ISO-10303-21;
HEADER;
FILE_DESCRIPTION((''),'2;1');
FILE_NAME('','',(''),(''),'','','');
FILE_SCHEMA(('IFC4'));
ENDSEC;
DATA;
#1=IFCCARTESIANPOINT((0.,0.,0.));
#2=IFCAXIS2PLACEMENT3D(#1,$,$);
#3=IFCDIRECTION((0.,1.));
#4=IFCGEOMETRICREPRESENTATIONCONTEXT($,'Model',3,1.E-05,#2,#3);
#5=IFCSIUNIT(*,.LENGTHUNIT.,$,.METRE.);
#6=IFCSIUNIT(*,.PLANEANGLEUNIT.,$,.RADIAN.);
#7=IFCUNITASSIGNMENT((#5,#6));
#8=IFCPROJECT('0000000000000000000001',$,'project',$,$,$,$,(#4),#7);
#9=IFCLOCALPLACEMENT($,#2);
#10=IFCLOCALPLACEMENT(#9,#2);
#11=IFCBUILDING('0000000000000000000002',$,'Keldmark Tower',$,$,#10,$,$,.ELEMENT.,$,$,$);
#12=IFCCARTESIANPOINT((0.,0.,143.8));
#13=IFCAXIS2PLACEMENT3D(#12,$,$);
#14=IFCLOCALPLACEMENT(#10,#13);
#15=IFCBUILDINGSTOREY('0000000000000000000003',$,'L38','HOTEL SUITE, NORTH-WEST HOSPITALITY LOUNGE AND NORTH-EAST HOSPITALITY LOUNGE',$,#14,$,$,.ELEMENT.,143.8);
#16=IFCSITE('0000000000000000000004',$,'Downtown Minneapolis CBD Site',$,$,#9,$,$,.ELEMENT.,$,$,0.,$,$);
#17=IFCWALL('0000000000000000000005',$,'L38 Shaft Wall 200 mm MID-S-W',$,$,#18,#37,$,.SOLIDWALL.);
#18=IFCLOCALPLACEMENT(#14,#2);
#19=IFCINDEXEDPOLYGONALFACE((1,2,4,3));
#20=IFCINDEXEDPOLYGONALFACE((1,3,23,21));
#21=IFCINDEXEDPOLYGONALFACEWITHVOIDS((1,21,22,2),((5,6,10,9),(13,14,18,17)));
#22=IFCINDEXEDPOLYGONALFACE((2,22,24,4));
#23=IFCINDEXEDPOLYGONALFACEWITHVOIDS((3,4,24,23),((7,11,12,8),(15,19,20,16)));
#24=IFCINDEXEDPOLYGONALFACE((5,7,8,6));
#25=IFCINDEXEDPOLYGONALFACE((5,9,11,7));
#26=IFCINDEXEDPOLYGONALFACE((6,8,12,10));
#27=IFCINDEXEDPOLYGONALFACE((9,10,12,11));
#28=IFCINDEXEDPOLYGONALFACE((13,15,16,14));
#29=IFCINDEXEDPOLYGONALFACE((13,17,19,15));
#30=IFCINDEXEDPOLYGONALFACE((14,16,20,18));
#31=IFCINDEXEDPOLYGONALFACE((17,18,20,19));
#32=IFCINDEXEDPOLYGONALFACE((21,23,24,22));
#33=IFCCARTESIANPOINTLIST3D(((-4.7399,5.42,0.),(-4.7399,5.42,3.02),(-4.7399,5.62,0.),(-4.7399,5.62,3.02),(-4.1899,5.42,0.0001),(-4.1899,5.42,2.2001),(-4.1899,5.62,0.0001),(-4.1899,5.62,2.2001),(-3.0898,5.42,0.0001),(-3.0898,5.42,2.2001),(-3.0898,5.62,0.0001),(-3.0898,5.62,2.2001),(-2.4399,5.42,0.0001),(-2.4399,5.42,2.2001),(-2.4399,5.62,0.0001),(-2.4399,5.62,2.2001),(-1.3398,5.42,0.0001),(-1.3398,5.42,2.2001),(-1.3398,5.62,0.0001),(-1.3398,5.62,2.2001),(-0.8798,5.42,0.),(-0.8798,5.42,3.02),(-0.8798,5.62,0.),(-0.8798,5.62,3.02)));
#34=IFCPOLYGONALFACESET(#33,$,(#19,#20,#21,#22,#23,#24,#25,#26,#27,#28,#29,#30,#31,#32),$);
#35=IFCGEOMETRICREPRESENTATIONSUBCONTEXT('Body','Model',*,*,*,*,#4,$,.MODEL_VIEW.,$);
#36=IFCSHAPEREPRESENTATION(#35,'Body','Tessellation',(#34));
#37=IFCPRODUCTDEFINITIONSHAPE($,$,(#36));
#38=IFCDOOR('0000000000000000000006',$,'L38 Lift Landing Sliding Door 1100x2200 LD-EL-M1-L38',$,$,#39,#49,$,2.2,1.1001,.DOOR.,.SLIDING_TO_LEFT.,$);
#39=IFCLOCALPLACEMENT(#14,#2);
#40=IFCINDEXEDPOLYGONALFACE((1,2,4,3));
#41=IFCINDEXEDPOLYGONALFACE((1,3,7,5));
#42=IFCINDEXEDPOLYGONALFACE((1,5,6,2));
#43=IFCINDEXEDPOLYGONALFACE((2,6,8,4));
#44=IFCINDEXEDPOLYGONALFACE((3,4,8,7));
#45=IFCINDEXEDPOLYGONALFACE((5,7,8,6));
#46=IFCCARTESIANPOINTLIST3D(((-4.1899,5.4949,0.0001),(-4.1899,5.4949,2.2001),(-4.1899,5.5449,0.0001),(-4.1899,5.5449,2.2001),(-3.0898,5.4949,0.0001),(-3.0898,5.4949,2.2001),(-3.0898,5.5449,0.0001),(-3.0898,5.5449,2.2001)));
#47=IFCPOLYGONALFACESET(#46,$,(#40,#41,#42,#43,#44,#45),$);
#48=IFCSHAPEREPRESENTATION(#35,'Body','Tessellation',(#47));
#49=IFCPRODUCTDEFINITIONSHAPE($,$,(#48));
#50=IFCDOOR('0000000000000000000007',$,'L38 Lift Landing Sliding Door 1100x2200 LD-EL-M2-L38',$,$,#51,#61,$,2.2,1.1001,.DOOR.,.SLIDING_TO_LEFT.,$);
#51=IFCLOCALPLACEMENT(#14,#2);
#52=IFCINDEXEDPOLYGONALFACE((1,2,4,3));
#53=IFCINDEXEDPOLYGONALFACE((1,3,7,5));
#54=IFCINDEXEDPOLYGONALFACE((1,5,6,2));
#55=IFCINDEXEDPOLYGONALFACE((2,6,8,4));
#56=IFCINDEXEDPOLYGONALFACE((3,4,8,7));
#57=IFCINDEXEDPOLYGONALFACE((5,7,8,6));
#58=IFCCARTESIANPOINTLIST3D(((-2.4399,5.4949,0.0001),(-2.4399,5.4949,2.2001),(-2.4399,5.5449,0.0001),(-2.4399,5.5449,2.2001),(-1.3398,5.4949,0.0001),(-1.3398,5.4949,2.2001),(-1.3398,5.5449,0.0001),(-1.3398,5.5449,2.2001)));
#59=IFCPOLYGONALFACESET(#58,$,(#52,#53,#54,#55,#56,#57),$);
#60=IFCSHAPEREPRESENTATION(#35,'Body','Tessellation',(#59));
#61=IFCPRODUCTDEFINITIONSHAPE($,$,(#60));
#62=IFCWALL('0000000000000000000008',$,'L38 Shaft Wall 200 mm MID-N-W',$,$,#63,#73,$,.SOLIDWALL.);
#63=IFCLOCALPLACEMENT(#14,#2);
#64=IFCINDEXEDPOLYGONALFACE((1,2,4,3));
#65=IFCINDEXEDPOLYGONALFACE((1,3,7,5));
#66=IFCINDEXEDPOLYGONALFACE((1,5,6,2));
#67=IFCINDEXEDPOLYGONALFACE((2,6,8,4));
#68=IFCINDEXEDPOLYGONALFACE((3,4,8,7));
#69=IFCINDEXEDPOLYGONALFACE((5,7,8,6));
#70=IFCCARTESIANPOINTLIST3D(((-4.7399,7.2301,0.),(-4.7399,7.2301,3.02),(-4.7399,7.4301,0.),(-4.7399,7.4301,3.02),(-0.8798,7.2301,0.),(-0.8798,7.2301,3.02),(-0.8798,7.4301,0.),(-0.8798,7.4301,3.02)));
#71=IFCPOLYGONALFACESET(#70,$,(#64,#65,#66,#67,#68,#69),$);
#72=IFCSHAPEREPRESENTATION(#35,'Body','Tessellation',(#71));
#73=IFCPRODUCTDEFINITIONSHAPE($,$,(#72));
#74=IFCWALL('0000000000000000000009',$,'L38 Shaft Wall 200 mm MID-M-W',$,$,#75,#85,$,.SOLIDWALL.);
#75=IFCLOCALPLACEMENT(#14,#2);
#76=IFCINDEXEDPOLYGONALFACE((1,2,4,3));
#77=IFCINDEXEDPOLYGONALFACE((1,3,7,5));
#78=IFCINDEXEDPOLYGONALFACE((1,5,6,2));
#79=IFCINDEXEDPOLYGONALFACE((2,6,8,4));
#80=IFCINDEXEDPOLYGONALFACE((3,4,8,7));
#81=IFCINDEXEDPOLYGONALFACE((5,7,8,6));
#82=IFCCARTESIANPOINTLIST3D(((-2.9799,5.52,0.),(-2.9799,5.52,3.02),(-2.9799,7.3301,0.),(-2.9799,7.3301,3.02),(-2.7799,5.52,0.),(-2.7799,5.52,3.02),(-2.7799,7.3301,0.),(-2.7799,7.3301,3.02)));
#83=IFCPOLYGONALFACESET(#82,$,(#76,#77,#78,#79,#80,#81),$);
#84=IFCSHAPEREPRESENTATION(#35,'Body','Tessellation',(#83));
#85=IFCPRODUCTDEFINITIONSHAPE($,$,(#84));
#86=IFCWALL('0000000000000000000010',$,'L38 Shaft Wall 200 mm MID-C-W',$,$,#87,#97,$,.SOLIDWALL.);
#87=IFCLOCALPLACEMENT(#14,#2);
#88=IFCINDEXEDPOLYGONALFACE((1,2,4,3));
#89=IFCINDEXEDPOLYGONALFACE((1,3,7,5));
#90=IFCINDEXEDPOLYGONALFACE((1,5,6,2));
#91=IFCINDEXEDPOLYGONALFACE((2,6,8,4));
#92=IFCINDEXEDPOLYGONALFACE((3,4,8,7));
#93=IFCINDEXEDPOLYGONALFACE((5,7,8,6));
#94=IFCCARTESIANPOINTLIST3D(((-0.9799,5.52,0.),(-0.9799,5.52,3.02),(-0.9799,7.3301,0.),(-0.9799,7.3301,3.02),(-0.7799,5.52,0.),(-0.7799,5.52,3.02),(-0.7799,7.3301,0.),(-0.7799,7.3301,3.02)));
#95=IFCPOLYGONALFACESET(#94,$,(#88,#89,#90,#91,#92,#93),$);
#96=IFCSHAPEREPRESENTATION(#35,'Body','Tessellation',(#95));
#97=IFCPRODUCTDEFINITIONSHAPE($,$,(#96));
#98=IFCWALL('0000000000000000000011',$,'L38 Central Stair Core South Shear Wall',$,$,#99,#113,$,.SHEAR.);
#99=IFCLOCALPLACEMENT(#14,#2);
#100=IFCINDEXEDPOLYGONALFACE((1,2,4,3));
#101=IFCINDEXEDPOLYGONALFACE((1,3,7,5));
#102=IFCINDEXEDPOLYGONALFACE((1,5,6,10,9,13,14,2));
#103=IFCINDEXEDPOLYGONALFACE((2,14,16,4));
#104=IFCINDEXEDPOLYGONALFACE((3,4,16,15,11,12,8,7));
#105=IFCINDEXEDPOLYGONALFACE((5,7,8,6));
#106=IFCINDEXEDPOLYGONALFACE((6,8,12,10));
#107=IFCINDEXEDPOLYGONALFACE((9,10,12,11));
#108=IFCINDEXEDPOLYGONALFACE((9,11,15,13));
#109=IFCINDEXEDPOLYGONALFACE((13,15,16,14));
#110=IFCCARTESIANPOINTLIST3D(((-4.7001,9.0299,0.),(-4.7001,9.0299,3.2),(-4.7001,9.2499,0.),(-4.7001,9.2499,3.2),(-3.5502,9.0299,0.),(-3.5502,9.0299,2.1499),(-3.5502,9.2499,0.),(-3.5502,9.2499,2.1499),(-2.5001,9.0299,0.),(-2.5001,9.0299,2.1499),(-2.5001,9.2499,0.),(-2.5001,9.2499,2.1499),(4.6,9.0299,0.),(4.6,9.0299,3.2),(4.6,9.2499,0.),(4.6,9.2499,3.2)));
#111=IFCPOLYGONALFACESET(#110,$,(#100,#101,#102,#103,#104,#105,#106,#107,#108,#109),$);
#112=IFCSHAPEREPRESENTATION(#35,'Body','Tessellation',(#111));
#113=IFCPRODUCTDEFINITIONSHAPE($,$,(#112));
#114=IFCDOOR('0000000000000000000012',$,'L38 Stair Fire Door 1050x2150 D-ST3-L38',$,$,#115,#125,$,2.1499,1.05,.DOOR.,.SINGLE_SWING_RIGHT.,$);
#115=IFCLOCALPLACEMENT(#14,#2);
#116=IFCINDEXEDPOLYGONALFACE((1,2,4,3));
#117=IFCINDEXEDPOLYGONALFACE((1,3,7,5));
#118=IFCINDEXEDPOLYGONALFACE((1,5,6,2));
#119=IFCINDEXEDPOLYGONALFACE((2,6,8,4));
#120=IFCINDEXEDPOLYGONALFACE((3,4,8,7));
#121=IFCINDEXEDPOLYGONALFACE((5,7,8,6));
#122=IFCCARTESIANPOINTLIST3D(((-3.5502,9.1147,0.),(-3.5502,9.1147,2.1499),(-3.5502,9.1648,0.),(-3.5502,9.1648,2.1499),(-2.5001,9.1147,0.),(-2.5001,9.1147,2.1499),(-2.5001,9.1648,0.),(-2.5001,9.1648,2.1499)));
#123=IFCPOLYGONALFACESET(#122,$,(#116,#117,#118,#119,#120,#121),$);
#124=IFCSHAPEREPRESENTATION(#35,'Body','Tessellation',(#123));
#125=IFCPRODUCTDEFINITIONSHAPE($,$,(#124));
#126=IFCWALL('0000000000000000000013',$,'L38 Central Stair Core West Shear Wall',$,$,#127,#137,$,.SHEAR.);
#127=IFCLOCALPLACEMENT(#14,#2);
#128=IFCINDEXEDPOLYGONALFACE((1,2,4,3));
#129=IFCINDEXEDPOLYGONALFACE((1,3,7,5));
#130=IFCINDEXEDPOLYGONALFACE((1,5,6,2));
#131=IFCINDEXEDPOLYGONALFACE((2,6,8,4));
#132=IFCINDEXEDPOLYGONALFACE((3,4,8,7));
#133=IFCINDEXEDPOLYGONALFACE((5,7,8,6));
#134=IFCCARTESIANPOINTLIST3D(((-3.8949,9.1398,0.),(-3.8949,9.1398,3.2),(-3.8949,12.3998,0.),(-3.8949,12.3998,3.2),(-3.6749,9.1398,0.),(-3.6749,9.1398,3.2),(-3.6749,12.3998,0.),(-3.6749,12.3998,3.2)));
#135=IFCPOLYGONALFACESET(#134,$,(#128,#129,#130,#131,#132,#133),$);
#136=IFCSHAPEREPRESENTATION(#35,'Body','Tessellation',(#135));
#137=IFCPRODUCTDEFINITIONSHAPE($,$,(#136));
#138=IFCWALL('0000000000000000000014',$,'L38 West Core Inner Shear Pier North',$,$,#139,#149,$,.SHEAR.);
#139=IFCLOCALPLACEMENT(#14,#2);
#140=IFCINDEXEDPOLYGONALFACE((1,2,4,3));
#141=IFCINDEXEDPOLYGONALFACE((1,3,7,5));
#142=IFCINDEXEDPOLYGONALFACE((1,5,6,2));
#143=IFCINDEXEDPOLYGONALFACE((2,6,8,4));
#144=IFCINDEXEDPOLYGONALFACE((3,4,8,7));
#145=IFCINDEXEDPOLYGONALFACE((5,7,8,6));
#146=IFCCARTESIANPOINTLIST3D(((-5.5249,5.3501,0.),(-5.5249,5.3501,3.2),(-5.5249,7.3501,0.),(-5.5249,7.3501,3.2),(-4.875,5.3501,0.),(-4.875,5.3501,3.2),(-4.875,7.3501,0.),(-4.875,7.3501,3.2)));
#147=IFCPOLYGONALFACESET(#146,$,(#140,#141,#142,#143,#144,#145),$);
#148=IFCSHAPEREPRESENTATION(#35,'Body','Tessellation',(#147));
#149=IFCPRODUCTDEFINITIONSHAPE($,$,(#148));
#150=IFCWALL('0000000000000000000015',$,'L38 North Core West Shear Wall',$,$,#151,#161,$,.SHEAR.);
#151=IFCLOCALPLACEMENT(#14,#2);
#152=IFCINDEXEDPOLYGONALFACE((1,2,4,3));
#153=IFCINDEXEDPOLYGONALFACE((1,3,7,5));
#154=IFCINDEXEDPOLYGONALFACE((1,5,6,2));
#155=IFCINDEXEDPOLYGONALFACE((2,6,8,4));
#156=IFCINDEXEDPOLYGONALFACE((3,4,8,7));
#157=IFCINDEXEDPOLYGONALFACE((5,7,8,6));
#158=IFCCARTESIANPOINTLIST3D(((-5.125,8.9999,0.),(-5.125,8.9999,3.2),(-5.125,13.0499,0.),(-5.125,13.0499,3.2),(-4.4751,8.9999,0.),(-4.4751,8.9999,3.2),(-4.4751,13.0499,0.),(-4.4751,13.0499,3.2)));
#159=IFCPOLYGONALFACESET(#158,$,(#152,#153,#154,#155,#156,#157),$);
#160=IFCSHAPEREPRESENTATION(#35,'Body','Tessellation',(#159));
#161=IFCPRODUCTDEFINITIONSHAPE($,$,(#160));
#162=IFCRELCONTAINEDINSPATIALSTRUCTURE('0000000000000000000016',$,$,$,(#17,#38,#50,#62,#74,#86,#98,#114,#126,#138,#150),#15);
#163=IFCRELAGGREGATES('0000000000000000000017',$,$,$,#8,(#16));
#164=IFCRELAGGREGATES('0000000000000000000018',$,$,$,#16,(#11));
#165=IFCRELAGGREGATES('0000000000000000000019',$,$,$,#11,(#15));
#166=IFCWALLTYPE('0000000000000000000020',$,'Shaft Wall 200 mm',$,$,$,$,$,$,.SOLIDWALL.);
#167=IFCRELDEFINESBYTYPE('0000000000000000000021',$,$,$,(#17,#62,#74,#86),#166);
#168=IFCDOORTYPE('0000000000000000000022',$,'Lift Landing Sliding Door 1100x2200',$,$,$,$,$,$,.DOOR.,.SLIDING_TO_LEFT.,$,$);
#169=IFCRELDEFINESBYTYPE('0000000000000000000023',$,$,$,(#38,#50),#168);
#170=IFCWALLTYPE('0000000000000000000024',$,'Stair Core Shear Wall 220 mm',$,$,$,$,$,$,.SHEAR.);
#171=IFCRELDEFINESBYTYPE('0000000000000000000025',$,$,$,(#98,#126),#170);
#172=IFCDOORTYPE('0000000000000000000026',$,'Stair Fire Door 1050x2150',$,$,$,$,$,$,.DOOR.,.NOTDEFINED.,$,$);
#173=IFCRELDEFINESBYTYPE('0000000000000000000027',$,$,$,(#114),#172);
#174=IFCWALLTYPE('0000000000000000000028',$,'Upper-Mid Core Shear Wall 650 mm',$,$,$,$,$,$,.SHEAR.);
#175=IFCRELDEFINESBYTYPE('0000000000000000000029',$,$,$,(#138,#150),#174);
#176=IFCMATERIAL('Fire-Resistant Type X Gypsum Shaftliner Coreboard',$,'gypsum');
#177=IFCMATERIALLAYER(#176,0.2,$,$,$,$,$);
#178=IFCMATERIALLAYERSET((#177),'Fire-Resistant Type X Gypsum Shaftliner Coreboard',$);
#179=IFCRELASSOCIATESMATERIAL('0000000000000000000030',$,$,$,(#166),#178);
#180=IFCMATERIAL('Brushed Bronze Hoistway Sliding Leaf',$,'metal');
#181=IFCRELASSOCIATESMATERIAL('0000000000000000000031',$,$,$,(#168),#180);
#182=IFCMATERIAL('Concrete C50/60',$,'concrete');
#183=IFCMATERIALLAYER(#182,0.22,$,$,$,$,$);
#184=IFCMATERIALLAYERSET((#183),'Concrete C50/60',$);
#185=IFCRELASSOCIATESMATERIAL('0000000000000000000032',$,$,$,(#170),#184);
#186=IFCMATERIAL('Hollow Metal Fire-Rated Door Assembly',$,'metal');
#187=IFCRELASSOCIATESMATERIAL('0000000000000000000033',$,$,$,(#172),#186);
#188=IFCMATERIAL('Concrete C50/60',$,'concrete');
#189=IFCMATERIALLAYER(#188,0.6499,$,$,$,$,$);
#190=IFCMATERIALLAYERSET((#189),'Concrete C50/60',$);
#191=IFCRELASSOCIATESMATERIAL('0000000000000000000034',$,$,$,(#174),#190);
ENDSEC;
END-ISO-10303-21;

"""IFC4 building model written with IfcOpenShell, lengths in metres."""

from ifc_helpers import new_model, si_unit, direction, frame, frame_2d, origin, place, context, subcontext, project, spatial, rectangle, extrude, material, layer, layer_set, type_object, element, fill, save


model = new_model("IFC4")

# Units and contexts
model_context = context("Model", 3, precision=1e-05, world=origin(), true_north=direction((0.0, 1.0)))
body_context = subcontext(model_context, "Body", "Model", "MODEL_VIEW")
ifc_project = project(units=[si_unit("LENGTHUNIT", "METRE"), si_unit("PLANEANGLEUNIT", "RADIAN")], contexts=[model_context])

# Site, building, storey
site_placement = place(None, origin())
site = spatial("IfcSite", under=ifc_project, at=site_placement, Name="Downtown Minneapolis CBD Site", CompositionType="ELEMENT", RefElevation=0.0)
building_placement = place(site_placement, origin())
building = spatial("IfcBuilding", under=site, at=building_placement, Name="Keldmark Tower", CompositionType="ELEMENT")
storey_placement = place(building_placement, frame((0.0, 0.0, 143.8)))
storey = spatial("IfcBuildingStorey", under=building, at=storey_placement, Name="L38", Description="HOTEL SUITE, NORTH-WEST HOSPITALITY LOUNGE AND NORTH-EAST HOSPITALITY LOUNGE", CompositionType="ELEMENT", Elevation=143.8)

# Shared definitions
ifc_material_1 = material(Name="Fire-Resistant Type X Gypsum Shaftliner Coreboard", Category="gypsum")
ifc_layer_1 = layer(ifc_material_1, 0.2)
ifc_layer_set_1 = layer_set([ifc_layer_1], Name="Fire-Resistant Type X Gypsum Shaftliner Coreboard")
wall_type_1 = type_object("IfcWallType", Name="Shaft Wall 200 mm", PredefinedType="SOLIDWALL", material=ifc_layer_set_1)

# Wall, openings, doors
wall_1_placement = place(storey_placement, frame((-4.74, 5.52, 0.0), z_axis=(0.0, 0.0, 1.0), x_axis=(1.0, 0.0, 0.0)))
wall_1 = element("IfcWall", 1, at=wall_1_placement, inside=storey, type_object=wall_type_1, Name="L38 Shaft Wall 200 mm MID-S-W", PredefinedType="SOLIDWALL", context=body_context, shape_type="SweptSolid", body=[
    extrude(rectangle(XDim=3.8601, YDim=0.2, at=frame_2d((1.9302, 0.0))), origin(), (0.0, 0.0, 1.0), 3.02),
])
opening_1_placement = place(wall_1_placement, frame((0.55, 0.0, 0.0)))
opening_1 = element("IfcOpeningElement", 2, at=opening_1_placement, cuts=wall_1, PredefinedType="OPENING", context=body_context, shape_type="SweptSolid", body=[
    extrude(rectangle(XDim=1.1001, YDim=2.2, at=frame_2d((0.55, 1.1001))), frame((0.0, 0.1099, 0.0), z_axis=(0.0, -1.0, 0.0), x_axis=(1.0, 0.0, 0.0)), (0.0, 0.0, 1.0), 0.22),
])
opening_2_placement = place(wall_1_placement, frame((2.3, 0.0, 0.0)))
opening_2 = element("IfcOpeningElement", 3, at=opening_2_placement, cuts=wall_1, PredefinedType="OPENING", context=body_context, shape_type="SweptSolid", body=[
    extrude(rectangle(XDim=1.1001, YDim=2.2, at=frame_2d((0.55, 1.1001))), frame((0.0, 0.1099, 0.0), z_axis=(0.0, -1.0, 0.0), x_axis=(1.0, 0.0, 0.0)), (0.0, 0.0, 1.0), 0.22),
])
ifc_material_2 = material(Name="Brushed Bronze Hoistway Sliding Leaf", Category="metal")
door_type_1 = type_object("IfcDoorType", Name="Lift Landing Sliding Door 1100x2200", OperationType="SLIDING_TO_LEFT", PredefinedType="DOOR", material=ifc_material_2)
door_1_placement = place(opening_1_placement, origin())
door_1 = element("IfcDoor", 4, at=door_1_placement, inside=storey, type_object=door_type_1, Name="L38 Lift Landing Sliding Door 1100x2200 LD-EL-M1-L38", OperationType="SLIDING_TO_LEFT", OverallHeight=2.2, OverallWidth=1.1001, PredefinedType="DOOR", context=body_context, shape_type="SweptSolid", body=[
    extrude(rectangle(XDim=1.1001, YDim=2.2, at=frame_2d((0.55, 1.1001))), frame((0.0, 0.0249, 0.0), z_axis=(0.0, -1.0, 0.0), x_axis=(1.0, 0.0, 0.0)), (0.0, 0.0, 1.0), 0.05),
])
fill(opening_1, door_1)
door_2_placement = place(opening_2_placement, origin())
door_2 = element("IfcDoor", 5, at=door_2_placement, inside=storey, type_object=door_type_1, Name="L38 Lift Landing Sliding Door 1100x2200 LD-EL-M2-L38", OperationType="SLIDING_TO_LEFT", OverallHeight=2.2, OverallWidth=1.1001, PredefinedType="DOOR", context=body_context, shape_type="SweptSolid", body=[
    extrude(rectangle(XDim=1.1001, YDim=2.2, at=frame_2d((0.55, 1.1001))), frame((0.0, 0.0249, 0.0), z_axis=(0.0, -1.0, 0.0), x_axis=(1.0, 0.0, 0.0)), (0.0, 0.0, 1.0), 0.05),
])
fill(opening_2, door_2)

# Walls
wall_2_placement = place(storey_placement, frame((-4.74, 7.3301, 0.0), z_axis=(0.0, 0.0, 1.0), x_axis=(1.0, 0.0, 0.0)))
element("IfcWall", 6, at=wall_2_placement, inside=storey, type_object=wall_type_1, Name="L38 Shaft Wall 200 mm MID-N-W", PredefinedType="SOLIDWALL", context=body_context, shape_type="SweptSolid", body=[
    extrude(rectangle(XDim=3.8601, YDim=0.2, at=frame_2d((1.9302, 0.0))), origin(), (0.0, 0.0, 1.0), 3.02),
])
for number, where, z_axis, x_axis, name in (
    (7, (-2.8799, 5.52, 0.0), (0.0, 0.0, 1.0), (0.0, 1.0, 0.0), "L38 Shaft Wall 200 mm MID-M-W"),
    (8, (-0.8799, 5.52, 0.0), (0.0, 0.0, 1.0), (0.0, 1.0, 0.0), "L38 Shaft Wall 200 mm MID-C-W"),
):
    element("IfcWall", number, at=place(storey_placement, frame(where, z_axis=z_axis, x_axis=x_axis)), inside=storey, type_object=wall_type_1, Name=name, PredefinedType="SOLIDWALL", context=body_context, shape_type="SweptSolid", body=[
        extrude(rectangle(XDim=1.8101, YDim=0.2, at=frame_2d((0.905, 0.0))), origin(), (0.0, 0.0, 1.0), 3.02),
    ])

# Wall, opening, door
ifc_material_3 = material(Name="Concrete C50/60", Category="concrete")
ifc_layer_2 = layer(ifc_material_3, 0.22)
ifc_layer_set_2 = layer_set([ifc_layer_2], Name="Concrete C50/60")
wall_type_2 = type_object("IfcWallType", Name="Stair Core Shear Wall 220 mm", PredefinedType="SHEAR", material=ifc_layer_set_2)
wall_3_placement = place(storey_placement, frame((-4.7, 9.1399, 0.0), z_axis=(0.0, 0.0, 1.0), x_axis=(1.0, 0.0, 0.0)))
wall_3 = element("IfcWall", 9, at=wall_3_placement, inside=storey, type_object=wall_type_2, Name="L38 Central Stair Core South Shear Wall", PredefinedType="SHEAR", context=body_context, shape_type="SweptSolid", body=[
    extrude(rectangle(XDim=9.3, YDim=0.22, at=frame_2d((4.6499, 0.0))), origin(), (0.0, 0.0, 1.0), 3.2),
])
opening_3_placement = place(wall_3_placement, frame((1.1499, 0.0, 0.0)))
opening_3 = element("IfcOpeningElement", 10, at=opening_3_placement, cuts=wall_3, PredefinedType="OPENING", context=body_context, shape_type="SweptSolid", body=[
    extrude(rectangle(XDim=1.05, YDim=2.1499, at=frame_2d((0.5249, 1.075))), frame((0.0, 0.1199, 0.0), z_axis=(0.0, -1.0, 0.0), x_axis=(1.0, 0.0, 0.0)), (0.0, 0.0, 1.0), 0.24),
])
ifc_material_4 = material(Name="Hollow Metal Fire-Rated Door Assembly", Category="metal")
door_type_2 = type_object("IfcDoorType", Name="Stair Fire Door 1050x2150", OperationType="NOTDEFINED", PredefinedType="DOOR", material=ifc_material_4)
door_3_placement = place(opening_3_placement, origin())
door_3 = element("IfcDoor", 11, at=door_3_placement, inside=storey, type_object=door_type_2, Name="L38 Stair Fire Door 1050x2150 D-ST3-L38", OperationType="SINGLE_SWING_RIGHT", OverallHeight=2.1499, OverallWidth=1.05, PredefinedType="DOOR", context=body_context, shape_type="SweptSolid", body=[
    extrude(rectangle(XDim=1.05, YDim=2.1499, at=frame_2d((0.5249, 1.075))), frame((0.0, 0.0249, 0.0), z_axis=(0.0, -1.0, 0.0), x_axis=(1.0, 0.0, 0.0)), (0.0, 0.0, 1.0), 0.05),
])
fill(opening_3, door_3)

# Walls
wall_4_placement = place(storey_placement, frame((-3.7849, 9.1399, 0.0), z_axis=(0.0, 0.0, 1.0), x_axis=(0.0, 1.0, 0.0)))
element("IfcWall", 12, at=wall_4_placement, inside=storey, type_object=wall_type_2, Name="L38 Central Stair Core West Shear Wall", PredefinedType="SHEAR", context=body_context, shape_type="SweptSolid", body=[
    extrude(rectangle(XDim=3.26, YDim=0.22, at=frame_2d((1.6299, 0.0))), origin(), (0.0, 0.0, 1.0), 3.2),
])
ifc_material_5 = material(Name="Concrete C50/60", Category="concrete")
ifc_layer_3 = layer(ifc_material_5, 0.6499)
ifc_layer_set_3 = layer_set([ifc_layer_3], Name="Concrete C50/60")
wall_type_3 = type_object("IfcWallType", Name="Upper-Mid Core Shear Wall 650 mm", PredefinedType="SHEAR", material=ifc_layer_set_3)
wall_5_placement = place(storey_placement, frame((-5.2, 5.3501, 0.0), z_axis=(0.0, 0.0, 1.0), x_axis=(0.0, 1.0, 0.0)))
element("IfcWall", 13, at=wall_5_placement, inside=storey, type_object=wall_type_3, Name="L38 West Core Inner Shear Pier North", PredefinedType="SHEAR", context=body_context, shape_type="SweptSolid", body=[
    extrude(rectangle(XDim=2.0, YDim=0.6499, at=frame_2d((1.0, 0.0))), origin(), (0.0, 0.0, 1.0), 3.2),
])
wall_6_placement = place(storey_placement, frame((-4.8, 9.0, 0.0), z_axis=(0.0, 0.0, 1.0), x_axis=(0.0, 1.0, 0.0)))
element("IfcWall", 14, at=wall_6_placement, inside=storey, type_object=wall_type_3, Name="L38 North Core West Shear Wall", PredefinedType="SHEAR", context=body_context, shape_type="SweptSolid", body=[
    extrude(rectangle(XDim=4.05, YDim=0.6499, at=frame_2d((2.0249, 0.0))), origin(), (0.0, 0.0, 1.0), 3.2),
])

save(model, "model.ifc")
